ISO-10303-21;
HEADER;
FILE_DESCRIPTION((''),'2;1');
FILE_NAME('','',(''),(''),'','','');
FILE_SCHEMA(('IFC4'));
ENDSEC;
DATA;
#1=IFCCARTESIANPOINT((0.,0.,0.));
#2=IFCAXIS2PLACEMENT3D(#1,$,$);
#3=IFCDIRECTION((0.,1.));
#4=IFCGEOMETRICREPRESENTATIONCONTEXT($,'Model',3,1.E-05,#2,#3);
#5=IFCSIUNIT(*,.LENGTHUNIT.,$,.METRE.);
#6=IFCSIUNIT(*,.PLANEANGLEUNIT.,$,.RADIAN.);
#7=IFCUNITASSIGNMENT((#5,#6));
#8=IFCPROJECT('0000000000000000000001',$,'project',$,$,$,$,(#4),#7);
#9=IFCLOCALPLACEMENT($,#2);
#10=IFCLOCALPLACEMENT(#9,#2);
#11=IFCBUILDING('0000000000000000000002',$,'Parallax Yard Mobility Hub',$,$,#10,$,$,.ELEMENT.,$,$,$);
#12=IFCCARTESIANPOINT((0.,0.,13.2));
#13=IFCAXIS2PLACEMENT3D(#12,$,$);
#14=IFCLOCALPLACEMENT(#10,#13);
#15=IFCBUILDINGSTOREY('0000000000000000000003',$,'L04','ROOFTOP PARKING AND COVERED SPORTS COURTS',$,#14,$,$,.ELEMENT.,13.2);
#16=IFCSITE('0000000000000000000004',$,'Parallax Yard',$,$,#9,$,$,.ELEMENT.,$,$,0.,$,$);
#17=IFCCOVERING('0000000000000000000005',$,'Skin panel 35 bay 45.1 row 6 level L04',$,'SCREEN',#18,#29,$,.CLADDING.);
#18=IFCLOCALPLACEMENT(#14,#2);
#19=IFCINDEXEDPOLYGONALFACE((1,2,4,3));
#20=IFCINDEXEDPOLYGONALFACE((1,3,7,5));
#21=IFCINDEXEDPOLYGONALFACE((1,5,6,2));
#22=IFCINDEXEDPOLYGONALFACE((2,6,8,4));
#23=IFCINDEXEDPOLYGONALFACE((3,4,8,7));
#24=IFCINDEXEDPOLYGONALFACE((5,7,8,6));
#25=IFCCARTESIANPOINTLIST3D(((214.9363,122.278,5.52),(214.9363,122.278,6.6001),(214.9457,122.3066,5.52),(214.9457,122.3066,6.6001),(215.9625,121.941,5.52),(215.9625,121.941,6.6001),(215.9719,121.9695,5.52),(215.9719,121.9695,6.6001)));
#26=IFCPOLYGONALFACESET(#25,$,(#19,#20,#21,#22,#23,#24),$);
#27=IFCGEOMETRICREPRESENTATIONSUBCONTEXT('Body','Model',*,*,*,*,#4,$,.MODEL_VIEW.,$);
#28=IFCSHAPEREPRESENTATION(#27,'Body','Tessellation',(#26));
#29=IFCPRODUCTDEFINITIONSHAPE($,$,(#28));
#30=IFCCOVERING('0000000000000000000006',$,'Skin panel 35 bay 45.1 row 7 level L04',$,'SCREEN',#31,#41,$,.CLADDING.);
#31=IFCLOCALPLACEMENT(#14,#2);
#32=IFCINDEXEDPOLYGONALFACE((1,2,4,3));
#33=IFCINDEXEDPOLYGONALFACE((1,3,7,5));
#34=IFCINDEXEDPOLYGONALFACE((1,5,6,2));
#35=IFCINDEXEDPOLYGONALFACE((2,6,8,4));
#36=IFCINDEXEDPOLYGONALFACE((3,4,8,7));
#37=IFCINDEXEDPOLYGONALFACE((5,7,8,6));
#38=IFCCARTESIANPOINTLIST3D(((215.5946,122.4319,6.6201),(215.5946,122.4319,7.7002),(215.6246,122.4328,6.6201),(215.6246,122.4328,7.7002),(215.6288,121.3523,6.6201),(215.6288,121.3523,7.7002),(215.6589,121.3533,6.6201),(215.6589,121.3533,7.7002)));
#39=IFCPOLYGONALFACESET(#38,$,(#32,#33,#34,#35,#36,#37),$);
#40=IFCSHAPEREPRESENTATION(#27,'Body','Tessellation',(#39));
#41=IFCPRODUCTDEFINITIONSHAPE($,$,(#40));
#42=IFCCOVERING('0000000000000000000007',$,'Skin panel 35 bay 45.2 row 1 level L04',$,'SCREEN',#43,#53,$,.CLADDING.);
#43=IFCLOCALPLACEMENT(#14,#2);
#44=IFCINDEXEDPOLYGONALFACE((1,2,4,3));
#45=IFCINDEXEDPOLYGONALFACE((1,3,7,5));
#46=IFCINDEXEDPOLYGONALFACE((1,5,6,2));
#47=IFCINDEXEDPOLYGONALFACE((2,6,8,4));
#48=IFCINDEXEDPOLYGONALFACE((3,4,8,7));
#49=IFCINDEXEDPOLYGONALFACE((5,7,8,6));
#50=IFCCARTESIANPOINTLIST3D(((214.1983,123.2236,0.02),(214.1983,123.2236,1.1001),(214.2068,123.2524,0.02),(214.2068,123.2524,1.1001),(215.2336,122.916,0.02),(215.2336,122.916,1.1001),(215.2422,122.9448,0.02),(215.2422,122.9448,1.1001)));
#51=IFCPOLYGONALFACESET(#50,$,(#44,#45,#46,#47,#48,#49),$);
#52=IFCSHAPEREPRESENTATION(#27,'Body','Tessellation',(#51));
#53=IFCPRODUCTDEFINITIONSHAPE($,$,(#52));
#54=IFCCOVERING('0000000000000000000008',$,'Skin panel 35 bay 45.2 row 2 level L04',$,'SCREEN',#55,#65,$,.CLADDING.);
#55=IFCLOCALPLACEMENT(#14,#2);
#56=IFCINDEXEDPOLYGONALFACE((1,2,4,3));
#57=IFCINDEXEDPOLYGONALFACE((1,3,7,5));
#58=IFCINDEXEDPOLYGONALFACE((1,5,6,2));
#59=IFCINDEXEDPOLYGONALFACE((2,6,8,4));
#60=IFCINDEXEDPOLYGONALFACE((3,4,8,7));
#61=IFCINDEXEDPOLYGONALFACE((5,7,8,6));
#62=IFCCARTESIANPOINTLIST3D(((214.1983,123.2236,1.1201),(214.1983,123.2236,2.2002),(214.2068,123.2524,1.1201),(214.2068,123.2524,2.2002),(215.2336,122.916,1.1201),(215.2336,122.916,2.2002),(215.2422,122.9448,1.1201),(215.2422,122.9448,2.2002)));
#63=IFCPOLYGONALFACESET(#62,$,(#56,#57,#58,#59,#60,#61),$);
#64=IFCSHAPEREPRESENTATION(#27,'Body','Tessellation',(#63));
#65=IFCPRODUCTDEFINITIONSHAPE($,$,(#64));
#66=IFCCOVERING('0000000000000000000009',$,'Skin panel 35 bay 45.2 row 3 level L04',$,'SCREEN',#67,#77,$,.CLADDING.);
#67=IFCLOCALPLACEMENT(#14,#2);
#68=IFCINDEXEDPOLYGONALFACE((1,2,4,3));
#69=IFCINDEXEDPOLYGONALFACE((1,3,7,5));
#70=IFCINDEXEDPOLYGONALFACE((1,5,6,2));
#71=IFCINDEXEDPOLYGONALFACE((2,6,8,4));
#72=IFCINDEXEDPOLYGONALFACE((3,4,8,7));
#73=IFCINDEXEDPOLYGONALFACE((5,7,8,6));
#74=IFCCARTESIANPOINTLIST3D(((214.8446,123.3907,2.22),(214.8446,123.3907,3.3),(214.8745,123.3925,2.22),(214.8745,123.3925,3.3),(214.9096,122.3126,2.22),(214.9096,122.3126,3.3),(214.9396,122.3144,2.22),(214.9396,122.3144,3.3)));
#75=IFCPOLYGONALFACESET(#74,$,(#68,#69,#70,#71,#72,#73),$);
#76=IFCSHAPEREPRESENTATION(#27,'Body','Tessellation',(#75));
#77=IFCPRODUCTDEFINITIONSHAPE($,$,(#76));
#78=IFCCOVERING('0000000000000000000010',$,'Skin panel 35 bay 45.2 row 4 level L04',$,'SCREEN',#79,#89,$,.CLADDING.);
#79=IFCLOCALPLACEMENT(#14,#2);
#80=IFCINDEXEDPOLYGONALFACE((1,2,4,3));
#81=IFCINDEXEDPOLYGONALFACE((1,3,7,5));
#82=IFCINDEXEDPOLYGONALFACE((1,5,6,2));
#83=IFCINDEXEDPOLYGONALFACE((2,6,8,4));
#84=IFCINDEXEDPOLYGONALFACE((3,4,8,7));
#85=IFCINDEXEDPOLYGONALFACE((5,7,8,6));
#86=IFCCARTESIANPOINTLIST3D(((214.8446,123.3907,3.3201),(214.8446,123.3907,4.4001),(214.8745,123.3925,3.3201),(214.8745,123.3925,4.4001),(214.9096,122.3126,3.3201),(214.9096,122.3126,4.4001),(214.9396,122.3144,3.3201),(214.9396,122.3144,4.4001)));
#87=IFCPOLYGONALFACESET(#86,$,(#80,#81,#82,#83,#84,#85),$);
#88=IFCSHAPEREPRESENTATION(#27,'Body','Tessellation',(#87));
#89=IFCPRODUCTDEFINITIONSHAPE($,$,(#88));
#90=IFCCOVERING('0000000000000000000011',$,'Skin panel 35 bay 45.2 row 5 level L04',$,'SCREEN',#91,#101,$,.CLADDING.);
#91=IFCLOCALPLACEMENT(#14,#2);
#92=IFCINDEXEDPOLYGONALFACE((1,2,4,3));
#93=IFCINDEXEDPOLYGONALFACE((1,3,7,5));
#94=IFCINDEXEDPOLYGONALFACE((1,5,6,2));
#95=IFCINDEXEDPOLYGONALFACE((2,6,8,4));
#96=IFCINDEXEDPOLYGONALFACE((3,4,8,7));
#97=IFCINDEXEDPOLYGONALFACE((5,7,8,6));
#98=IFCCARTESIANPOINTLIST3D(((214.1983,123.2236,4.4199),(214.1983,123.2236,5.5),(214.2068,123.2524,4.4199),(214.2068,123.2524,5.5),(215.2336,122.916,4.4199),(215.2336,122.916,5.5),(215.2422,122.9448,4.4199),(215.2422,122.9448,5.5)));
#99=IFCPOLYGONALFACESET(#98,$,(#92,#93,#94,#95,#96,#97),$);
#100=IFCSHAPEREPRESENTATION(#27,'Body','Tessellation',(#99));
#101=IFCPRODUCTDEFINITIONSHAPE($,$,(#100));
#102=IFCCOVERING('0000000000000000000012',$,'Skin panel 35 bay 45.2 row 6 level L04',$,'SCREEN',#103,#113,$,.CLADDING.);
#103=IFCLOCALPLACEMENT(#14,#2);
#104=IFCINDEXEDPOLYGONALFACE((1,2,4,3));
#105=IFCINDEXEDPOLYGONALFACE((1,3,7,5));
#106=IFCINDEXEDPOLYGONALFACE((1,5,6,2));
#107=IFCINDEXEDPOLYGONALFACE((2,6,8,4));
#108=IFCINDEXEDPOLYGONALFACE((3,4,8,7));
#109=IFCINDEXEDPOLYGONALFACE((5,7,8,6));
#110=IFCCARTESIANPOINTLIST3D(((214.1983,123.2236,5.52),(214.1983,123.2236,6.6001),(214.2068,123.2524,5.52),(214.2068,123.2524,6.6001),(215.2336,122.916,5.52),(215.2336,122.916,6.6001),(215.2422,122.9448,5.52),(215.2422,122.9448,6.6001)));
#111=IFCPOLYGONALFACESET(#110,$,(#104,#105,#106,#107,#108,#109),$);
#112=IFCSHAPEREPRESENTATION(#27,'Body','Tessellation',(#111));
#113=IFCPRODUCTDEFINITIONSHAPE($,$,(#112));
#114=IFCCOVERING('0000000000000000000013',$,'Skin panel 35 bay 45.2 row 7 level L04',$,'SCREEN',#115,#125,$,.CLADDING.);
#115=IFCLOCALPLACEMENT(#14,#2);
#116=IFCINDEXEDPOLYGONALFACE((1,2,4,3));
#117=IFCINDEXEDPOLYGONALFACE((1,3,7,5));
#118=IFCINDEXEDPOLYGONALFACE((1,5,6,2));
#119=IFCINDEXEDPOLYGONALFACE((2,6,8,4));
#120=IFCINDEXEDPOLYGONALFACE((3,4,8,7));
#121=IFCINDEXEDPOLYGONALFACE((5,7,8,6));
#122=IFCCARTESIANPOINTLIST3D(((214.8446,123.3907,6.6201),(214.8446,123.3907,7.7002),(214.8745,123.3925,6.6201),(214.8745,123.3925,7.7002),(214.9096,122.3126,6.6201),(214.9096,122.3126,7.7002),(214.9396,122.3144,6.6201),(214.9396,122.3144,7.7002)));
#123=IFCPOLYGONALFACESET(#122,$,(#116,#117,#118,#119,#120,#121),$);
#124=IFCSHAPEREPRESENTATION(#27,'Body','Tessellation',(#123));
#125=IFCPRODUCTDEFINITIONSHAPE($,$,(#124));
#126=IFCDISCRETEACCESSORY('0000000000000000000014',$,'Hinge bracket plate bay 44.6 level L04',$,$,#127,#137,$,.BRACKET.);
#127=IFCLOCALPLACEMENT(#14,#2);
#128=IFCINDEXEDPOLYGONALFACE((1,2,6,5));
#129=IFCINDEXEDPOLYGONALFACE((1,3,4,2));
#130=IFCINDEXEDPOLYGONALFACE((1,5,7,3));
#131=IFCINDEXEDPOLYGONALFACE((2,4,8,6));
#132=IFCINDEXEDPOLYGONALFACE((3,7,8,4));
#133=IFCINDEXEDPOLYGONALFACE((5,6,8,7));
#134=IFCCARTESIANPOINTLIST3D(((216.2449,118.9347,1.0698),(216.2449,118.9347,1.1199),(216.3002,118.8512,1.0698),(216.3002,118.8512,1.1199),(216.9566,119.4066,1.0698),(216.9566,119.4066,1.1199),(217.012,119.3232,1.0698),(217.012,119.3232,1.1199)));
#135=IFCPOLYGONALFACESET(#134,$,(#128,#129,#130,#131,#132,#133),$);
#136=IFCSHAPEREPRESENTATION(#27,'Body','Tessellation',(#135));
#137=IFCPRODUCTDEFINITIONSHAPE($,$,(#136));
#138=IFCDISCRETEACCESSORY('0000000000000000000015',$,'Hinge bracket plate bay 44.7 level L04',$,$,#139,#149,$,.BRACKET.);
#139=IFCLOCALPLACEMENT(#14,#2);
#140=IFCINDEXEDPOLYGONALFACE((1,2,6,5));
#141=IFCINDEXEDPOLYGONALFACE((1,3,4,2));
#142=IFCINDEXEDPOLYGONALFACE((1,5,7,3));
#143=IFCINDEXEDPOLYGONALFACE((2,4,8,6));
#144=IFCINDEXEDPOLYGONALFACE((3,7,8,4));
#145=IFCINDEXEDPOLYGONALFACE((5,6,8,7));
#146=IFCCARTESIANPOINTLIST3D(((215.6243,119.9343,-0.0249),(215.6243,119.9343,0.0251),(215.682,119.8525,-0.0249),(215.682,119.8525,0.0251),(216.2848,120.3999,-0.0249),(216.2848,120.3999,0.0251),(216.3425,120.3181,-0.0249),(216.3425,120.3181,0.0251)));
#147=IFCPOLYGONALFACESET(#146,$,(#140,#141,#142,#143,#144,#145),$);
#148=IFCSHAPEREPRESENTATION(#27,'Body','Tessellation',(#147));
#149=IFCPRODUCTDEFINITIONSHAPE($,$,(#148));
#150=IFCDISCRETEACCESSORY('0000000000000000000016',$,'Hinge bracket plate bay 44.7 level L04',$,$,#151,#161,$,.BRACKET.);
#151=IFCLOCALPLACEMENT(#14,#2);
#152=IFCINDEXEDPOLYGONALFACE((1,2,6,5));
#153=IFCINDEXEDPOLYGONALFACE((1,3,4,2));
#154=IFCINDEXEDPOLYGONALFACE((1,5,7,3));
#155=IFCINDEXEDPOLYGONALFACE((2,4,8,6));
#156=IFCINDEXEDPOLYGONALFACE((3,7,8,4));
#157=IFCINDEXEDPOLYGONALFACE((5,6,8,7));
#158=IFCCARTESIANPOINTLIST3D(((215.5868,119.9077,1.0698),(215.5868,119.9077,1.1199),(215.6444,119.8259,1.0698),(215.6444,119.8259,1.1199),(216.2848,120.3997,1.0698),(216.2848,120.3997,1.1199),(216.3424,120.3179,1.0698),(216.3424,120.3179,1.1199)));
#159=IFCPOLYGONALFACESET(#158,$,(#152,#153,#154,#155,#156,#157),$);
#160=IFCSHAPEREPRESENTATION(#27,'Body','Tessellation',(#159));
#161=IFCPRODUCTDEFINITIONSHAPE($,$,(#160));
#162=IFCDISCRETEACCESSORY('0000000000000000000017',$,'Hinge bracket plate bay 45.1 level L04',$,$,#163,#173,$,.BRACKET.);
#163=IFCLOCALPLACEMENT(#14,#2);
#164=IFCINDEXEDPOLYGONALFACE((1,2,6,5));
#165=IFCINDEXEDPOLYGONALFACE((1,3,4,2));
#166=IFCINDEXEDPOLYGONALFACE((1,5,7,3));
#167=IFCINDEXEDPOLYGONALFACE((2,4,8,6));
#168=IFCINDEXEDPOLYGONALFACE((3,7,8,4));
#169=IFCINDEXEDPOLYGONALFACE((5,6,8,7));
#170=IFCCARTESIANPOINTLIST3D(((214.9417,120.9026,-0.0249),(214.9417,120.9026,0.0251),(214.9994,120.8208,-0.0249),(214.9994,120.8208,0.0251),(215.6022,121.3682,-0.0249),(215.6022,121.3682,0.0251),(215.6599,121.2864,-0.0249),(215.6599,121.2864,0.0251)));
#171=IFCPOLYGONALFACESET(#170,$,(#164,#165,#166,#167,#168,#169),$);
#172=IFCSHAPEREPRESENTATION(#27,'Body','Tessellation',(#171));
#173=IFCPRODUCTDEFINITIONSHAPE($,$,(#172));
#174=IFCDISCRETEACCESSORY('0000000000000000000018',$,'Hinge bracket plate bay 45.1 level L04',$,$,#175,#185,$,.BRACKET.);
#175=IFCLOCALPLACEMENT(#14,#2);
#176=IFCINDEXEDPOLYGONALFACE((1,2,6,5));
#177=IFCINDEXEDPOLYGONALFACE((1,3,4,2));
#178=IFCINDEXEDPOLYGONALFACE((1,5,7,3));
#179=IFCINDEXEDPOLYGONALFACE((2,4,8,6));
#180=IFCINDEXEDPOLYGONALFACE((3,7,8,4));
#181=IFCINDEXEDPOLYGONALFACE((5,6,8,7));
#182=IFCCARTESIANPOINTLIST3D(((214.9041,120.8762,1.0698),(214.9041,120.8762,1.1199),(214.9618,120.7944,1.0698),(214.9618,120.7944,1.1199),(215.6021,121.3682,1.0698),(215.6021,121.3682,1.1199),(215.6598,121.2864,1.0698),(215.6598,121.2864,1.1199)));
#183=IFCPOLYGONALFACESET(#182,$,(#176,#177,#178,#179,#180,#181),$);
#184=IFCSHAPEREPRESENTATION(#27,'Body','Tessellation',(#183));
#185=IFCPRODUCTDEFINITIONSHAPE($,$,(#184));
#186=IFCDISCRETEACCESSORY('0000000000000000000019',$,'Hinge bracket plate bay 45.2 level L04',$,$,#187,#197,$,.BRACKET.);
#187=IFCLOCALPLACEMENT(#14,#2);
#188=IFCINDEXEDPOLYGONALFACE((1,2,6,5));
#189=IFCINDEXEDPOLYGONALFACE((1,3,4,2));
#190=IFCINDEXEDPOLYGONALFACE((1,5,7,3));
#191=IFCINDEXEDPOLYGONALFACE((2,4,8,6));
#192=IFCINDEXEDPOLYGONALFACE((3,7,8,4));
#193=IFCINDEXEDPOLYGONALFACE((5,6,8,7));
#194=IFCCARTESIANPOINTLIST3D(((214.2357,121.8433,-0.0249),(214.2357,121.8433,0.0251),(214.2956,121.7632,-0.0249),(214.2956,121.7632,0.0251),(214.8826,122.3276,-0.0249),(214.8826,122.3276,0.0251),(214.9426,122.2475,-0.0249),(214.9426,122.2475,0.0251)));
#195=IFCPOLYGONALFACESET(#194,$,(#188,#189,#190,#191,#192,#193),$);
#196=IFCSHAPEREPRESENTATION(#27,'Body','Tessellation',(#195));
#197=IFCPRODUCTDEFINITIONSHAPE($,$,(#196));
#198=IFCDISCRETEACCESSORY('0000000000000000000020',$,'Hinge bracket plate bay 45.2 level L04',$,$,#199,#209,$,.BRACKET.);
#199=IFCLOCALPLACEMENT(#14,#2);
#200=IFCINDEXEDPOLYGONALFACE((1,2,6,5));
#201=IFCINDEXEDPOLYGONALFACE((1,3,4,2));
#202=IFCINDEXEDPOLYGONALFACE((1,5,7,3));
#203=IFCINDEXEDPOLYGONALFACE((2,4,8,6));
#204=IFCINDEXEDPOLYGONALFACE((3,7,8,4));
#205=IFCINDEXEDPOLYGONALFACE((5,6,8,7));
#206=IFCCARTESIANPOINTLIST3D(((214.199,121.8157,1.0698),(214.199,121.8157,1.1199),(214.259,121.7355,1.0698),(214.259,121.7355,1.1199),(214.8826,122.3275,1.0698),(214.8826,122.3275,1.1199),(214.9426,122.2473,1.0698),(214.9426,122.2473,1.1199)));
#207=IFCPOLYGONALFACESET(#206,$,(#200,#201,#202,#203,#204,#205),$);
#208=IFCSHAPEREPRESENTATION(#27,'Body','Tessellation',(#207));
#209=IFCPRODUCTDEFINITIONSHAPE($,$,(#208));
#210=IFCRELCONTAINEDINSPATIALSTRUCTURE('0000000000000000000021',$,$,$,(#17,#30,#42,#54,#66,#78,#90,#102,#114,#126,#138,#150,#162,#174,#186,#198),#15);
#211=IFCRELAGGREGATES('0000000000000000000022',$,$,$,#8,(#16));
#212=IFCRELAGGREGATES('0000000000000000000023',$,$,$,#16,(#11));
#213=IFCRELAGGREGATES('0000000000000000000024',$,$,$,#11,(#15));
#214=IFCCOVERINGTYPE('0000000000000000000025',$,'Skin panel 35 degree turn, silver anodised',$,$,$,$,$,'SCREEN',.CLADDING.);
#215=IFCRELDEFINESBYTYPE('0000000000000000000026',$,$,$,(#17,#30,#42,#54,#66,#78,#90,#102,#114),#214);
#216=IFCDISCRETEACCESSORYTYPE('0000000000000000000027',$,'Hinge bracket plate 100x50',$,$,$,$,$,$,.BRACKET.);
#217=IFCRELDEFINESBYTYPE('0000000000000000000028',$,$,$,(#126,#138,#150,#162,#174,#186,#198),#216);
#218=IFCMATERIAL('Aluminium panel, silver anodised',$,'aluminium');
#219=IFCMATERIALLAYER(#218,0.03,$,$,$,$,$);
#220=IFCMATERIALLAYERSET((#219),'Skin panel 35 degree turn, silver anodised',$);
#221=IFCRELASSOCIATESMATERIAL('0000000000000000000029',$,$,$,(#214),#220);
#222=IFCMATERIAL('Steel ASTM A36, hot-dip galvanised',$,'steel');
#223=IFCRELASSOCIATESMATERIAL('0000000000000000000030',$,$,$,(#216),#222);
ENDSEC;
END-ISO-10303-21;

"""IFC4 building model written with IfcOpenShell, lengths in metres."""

from ifc_helpers import new_model, si_unit, direction, frame, origin, origin_2d, place, context, subcontext, project, spatial, rectangle, extrude, material, layer, layer_set, type_object, element, save


model = new_model("IFC4")

# Units and contexts
model_context = context("Model", 3, precision=1e-05, world=origin(), true_north=direction((0.0, 1.0)))
body_context = subcontext(model_context, "Body", "Model", "MODEL_VIEW")
ifc_project = project(units=[si_unit("LENGTHUNIT", "METRE"), si_unit("PLANEANGLEUNIT", "RADIAN")], contexts=[model_context])

# Site, building, storey
site_placement = place(None, origin())
site = spatial("IfcSite", under=ifc_project, at=site_placement, Name="Parallax Yard", CompositionType="ELEMENT", RefElevation=0.0)
building_placement = place(site_placement, origin())
building = spatial("IfcBuilding", under=site, at=building_placement, Name="Parallax Yard Mobility Hub", CompositionType="ELEMENT")
storey_placement = place(building_placement, frame((0.0, 0.0, 13.2)))
storey = spatial("IfcBuildingStorey", under=building, at=storey_placement, Name="L04", Description="ROOFTOP PARKING AND COVERED SPORTS COURTS", CompositionType="ELEMENT", Elevation=13.2)

# Coverings
ifc_material_1 = material(Name="Aluminium panel, silver anodised", Category="aluminium")
ifc_layer_1 = layer(ifc_material_1, 0.03)
ifc_layer_set_1 = layer_set([ifc_layer_1], Name="Skin panel 35 degree turn, silver anodised")
covering_type_1 = type_object("IfcCoveringType", Name="Skin panel 35 degree turn, silver anodised", ElementType="SCREEN", PredefinedType="CLADDING", material=ifc_layer_set_1)
for number, where, z_axis, x_axis, name in (
    (1, (215.4541, 122.1238, 5.52), (0.0, 0.0, 1.0), (0.950071, -0.312033, 0.0), "Skin panel 35 bay 45.1 row 6 level L04"),
    (2, (215.6267, 121.8926, 6.6201), (0.0, 0.0, 1.0), (-0.031728, 0.999497, 0.0), "Skin panel 35 bay 45.1 row 7 level L04"),
    (3, (214.7202, 123.0842, 0.02), (0.0, 0.0, 1.0), (0.958594, -0.284777, 0.0), "Skin panel 35 bay 45.2 row 1 level L04"),
    (4, (214.7202, 123.0842, 1.1201), (0.0, 0.0, 1.0), (0.958594, -0.284777, 0.0), "Skin panel 35 bay 45.2 row 2 level L04"),
    (5, (214.8921, 122.8525, 2.22), (0.0, 0.0, 1.0), (-0.060256, 0.998183, 0.0), "Skin panel 35 bay 45.2 row 3 level L04"),
    (6, (214.8921, 122.8525, 3.3201), (0.0, 0.0, 1.0), (-0.060256, 0.998183, 0.0), "Skin panel 35 bay 45.2 row 4 level L04"),
    (7, (214.7202, 123.0842, 4.4199), (0.0, 0.0, 1.0), (0.958594, -0.284777, 0.0), "Skin panel 35 bay 45.2 row 5 level L04"),
    (8, (214.7202, 123.0842, 5.52), (0.0, 0.0, 1.0), (0.958594, -0.284777, 0.0), "Skin panel 35 bay 45.2 row 6 level L04"),
    (9, (214.8921, 122.8525, 6.6201), (0.0, 0.0, 1.0), (-0.060256, 0.998183, 0.0), "Skin panel 35 bay 45.2 row 7 level L04"),
):
    element("IfcCovering", number, at=place(storey_placement, frame(where, z_axis=z_axis, x_axis=x_axis)), inside=storey, type_object=covering_type_1, Name=name, ObjectType="SCREEN", PredefinedType="CLADDING", context=body_context, shape_type="SweptSolid", body=[
        extrude(rectangle(XDim=1.0801, YDim=0.03, at=origin_2d()), origin(), (0.0, 0.0, 1.0), 1.0801),
    ])

# Discrete accessories
ifc_material_2 = material(Name="Steel ASTM A36, hot-dip galvanised", Category="steel")
discrete_accessory_type_1 = type_object("IfcDiscreteAccessoryType", Name="Hinge bracket plate 100x50", PredefinedType="BRACKET", material=ifc_material_2)
discrete_accessory_1_placement = place(storey_placement, frame((216.6284, 119.1289, 1.0698), z_axis=(0.0, 0.0, 1.0), x_axis=(0.833447, 0.552599, 0.0)))
element("IfcDiscreteAccessory", 10, at=discrete_accessory_1_placement, inside=storey, type_object=discrete_accessory_type_1, Name="Hinge bracket plate bay 44.6 level L04", PredefinedType="BRACKET", context=body_context, shape_type="SweptSolid", body=[
    extrude(rectangle(XDim=0.854, YDim=0.1001, at=origin_2d()), origin(), (0.0, 0.0, 1.0), 0.05),
])
discrete_accessory_2_placement = place(storey_placement, frame((215.9834, 120.1262, -0.0249), z_axis=(0.0, 0.0, 1.0), x_axis=(0.817328, 0.576173, 0.0)))
element("IfcDiscreteAccessory", 11, at=discrete_accessory_2_placement, inside=storey, type_object=discrete_accessory_type_1, Name="Hinge bracket plate bay 44.7 level L04", PredefinedType="BRACKET", context=body_context, shape_type="SweptSolid", body=[
    extrude(rectangle(XDim=0.8081, YDim=0.1001, at=origin_2d()), origin(), (0.0, 0.0, 1.0), 0.05),
])
discrete_accessory_3_placement = place(storey_placement, frame((215.9646, 120.1128, 1.0698), z_axis=(0.0, 0.0, 1.0), x_axis=(0.817328, 0.576173, 0.0)))
element("IfcDiscreteAccessory", 12, at=discrete_accessory_3_placement, inside=storey, type_object=discrete_accessory_type_1, Name="Hinge bracket plate bay 44.7 level L04", PredefinedType="BRACKET", context=body_context, shape_type="SweptSolid", body=[
    extrude(rectangle(XDim=0.854, YDim=0.1001, at=origin_2d()), origin(), (0.0, 0.0, 1.0), 0.05),
])
discrete_accessory_4_placement = place(storey_placement, frame((215.3008, 121.0945, -0.0249), z_axis=(0.0, 0.0, 1.0), x_axis=(0.817328, 0.576173, 0.0)))
element("IfcDiscreteAccessory", 13, at=discrete_accessory_4_placement, inside=storey, type_object=discrete_accessory_type_1, Name="Hinge bracket plate bay 45.1 level L04", PredefinedType="BRACKET", context=body_context, shape_type="SweptSolid", body=[
    extrude(rectangle(XDim=0.8081, YDim=0.1001, at=origin_2d()), origin(), (0.0, 0.0, 1.0), 0.05),
])
discrete_accessory_5_placement = place(storey_placement, frame((215.282, 121.0813, 1.0698), z_axis=(0.0, 0.0, 1.0), x_axis=(0.817328, 0.576173, 0.0)))
element("IfcDiscreteAccessory", 14, at=discrete_accessory_5_placement, inside=storey, type_object=discrete_accessory_type_1, Name="Hinge bracket plate bay 45.1 level L04", PredefinedType="BRACKET", context=body_context, shape_type="SweptSolid", body=[
    extrude(rectangle(XDim=0.854, YDim=0.1001, at=origin_2d()), origin(), (0.0, 0.0, 1.0), 0.05),
])
discrete_accessory_6_placement = place(storey_placement, frame((214.5891, 122.0454, -0.0249), z_axis=(0.0, 0.0, 1.0), x_axis=(0.800541, 0.599278, 0.0)))
element("IfcDiscreteAccessory", 15, at=discrete_accessory_6_placement, inside=storey, type_object=discrete_accessory_type_1, Name="Hinge bracket plate bay 45.2 level L04", PredefinedType="BRACKET", context=body_context, shape_type="SweptSolid", body=[
    extrude(rectangle(XDim=0.8081, YDim=0.1001, at=origin_2d()), origin(), (0.0, 0.0, 1.0), 0.05),
])
discrete_accessory_7_placement = place(storey_placement, frame((214.5708, 122.0315, 1.0698), z_axis=(0.0, 0.0, 1.0), x_axis=(0.800541, 0.599278, 0.0)))
element("IfcDiscreteAccessory", 16, at=discrete_accessory_7_placement, inside=storey, type_object=discrete_accessory_type_1, Name="Hinge bracket plate bay 45.2 level L04", PredefinedType="BRACKET", context=body_context, shape_type="SweptSolid", body=[
    extrude(rectangle(XDim=0.854, YDim=0.1001, at=origin_2d()), origin(), (0.0, 0.0, 1.0), 0.05),
])

save(model, "model.ifc")
